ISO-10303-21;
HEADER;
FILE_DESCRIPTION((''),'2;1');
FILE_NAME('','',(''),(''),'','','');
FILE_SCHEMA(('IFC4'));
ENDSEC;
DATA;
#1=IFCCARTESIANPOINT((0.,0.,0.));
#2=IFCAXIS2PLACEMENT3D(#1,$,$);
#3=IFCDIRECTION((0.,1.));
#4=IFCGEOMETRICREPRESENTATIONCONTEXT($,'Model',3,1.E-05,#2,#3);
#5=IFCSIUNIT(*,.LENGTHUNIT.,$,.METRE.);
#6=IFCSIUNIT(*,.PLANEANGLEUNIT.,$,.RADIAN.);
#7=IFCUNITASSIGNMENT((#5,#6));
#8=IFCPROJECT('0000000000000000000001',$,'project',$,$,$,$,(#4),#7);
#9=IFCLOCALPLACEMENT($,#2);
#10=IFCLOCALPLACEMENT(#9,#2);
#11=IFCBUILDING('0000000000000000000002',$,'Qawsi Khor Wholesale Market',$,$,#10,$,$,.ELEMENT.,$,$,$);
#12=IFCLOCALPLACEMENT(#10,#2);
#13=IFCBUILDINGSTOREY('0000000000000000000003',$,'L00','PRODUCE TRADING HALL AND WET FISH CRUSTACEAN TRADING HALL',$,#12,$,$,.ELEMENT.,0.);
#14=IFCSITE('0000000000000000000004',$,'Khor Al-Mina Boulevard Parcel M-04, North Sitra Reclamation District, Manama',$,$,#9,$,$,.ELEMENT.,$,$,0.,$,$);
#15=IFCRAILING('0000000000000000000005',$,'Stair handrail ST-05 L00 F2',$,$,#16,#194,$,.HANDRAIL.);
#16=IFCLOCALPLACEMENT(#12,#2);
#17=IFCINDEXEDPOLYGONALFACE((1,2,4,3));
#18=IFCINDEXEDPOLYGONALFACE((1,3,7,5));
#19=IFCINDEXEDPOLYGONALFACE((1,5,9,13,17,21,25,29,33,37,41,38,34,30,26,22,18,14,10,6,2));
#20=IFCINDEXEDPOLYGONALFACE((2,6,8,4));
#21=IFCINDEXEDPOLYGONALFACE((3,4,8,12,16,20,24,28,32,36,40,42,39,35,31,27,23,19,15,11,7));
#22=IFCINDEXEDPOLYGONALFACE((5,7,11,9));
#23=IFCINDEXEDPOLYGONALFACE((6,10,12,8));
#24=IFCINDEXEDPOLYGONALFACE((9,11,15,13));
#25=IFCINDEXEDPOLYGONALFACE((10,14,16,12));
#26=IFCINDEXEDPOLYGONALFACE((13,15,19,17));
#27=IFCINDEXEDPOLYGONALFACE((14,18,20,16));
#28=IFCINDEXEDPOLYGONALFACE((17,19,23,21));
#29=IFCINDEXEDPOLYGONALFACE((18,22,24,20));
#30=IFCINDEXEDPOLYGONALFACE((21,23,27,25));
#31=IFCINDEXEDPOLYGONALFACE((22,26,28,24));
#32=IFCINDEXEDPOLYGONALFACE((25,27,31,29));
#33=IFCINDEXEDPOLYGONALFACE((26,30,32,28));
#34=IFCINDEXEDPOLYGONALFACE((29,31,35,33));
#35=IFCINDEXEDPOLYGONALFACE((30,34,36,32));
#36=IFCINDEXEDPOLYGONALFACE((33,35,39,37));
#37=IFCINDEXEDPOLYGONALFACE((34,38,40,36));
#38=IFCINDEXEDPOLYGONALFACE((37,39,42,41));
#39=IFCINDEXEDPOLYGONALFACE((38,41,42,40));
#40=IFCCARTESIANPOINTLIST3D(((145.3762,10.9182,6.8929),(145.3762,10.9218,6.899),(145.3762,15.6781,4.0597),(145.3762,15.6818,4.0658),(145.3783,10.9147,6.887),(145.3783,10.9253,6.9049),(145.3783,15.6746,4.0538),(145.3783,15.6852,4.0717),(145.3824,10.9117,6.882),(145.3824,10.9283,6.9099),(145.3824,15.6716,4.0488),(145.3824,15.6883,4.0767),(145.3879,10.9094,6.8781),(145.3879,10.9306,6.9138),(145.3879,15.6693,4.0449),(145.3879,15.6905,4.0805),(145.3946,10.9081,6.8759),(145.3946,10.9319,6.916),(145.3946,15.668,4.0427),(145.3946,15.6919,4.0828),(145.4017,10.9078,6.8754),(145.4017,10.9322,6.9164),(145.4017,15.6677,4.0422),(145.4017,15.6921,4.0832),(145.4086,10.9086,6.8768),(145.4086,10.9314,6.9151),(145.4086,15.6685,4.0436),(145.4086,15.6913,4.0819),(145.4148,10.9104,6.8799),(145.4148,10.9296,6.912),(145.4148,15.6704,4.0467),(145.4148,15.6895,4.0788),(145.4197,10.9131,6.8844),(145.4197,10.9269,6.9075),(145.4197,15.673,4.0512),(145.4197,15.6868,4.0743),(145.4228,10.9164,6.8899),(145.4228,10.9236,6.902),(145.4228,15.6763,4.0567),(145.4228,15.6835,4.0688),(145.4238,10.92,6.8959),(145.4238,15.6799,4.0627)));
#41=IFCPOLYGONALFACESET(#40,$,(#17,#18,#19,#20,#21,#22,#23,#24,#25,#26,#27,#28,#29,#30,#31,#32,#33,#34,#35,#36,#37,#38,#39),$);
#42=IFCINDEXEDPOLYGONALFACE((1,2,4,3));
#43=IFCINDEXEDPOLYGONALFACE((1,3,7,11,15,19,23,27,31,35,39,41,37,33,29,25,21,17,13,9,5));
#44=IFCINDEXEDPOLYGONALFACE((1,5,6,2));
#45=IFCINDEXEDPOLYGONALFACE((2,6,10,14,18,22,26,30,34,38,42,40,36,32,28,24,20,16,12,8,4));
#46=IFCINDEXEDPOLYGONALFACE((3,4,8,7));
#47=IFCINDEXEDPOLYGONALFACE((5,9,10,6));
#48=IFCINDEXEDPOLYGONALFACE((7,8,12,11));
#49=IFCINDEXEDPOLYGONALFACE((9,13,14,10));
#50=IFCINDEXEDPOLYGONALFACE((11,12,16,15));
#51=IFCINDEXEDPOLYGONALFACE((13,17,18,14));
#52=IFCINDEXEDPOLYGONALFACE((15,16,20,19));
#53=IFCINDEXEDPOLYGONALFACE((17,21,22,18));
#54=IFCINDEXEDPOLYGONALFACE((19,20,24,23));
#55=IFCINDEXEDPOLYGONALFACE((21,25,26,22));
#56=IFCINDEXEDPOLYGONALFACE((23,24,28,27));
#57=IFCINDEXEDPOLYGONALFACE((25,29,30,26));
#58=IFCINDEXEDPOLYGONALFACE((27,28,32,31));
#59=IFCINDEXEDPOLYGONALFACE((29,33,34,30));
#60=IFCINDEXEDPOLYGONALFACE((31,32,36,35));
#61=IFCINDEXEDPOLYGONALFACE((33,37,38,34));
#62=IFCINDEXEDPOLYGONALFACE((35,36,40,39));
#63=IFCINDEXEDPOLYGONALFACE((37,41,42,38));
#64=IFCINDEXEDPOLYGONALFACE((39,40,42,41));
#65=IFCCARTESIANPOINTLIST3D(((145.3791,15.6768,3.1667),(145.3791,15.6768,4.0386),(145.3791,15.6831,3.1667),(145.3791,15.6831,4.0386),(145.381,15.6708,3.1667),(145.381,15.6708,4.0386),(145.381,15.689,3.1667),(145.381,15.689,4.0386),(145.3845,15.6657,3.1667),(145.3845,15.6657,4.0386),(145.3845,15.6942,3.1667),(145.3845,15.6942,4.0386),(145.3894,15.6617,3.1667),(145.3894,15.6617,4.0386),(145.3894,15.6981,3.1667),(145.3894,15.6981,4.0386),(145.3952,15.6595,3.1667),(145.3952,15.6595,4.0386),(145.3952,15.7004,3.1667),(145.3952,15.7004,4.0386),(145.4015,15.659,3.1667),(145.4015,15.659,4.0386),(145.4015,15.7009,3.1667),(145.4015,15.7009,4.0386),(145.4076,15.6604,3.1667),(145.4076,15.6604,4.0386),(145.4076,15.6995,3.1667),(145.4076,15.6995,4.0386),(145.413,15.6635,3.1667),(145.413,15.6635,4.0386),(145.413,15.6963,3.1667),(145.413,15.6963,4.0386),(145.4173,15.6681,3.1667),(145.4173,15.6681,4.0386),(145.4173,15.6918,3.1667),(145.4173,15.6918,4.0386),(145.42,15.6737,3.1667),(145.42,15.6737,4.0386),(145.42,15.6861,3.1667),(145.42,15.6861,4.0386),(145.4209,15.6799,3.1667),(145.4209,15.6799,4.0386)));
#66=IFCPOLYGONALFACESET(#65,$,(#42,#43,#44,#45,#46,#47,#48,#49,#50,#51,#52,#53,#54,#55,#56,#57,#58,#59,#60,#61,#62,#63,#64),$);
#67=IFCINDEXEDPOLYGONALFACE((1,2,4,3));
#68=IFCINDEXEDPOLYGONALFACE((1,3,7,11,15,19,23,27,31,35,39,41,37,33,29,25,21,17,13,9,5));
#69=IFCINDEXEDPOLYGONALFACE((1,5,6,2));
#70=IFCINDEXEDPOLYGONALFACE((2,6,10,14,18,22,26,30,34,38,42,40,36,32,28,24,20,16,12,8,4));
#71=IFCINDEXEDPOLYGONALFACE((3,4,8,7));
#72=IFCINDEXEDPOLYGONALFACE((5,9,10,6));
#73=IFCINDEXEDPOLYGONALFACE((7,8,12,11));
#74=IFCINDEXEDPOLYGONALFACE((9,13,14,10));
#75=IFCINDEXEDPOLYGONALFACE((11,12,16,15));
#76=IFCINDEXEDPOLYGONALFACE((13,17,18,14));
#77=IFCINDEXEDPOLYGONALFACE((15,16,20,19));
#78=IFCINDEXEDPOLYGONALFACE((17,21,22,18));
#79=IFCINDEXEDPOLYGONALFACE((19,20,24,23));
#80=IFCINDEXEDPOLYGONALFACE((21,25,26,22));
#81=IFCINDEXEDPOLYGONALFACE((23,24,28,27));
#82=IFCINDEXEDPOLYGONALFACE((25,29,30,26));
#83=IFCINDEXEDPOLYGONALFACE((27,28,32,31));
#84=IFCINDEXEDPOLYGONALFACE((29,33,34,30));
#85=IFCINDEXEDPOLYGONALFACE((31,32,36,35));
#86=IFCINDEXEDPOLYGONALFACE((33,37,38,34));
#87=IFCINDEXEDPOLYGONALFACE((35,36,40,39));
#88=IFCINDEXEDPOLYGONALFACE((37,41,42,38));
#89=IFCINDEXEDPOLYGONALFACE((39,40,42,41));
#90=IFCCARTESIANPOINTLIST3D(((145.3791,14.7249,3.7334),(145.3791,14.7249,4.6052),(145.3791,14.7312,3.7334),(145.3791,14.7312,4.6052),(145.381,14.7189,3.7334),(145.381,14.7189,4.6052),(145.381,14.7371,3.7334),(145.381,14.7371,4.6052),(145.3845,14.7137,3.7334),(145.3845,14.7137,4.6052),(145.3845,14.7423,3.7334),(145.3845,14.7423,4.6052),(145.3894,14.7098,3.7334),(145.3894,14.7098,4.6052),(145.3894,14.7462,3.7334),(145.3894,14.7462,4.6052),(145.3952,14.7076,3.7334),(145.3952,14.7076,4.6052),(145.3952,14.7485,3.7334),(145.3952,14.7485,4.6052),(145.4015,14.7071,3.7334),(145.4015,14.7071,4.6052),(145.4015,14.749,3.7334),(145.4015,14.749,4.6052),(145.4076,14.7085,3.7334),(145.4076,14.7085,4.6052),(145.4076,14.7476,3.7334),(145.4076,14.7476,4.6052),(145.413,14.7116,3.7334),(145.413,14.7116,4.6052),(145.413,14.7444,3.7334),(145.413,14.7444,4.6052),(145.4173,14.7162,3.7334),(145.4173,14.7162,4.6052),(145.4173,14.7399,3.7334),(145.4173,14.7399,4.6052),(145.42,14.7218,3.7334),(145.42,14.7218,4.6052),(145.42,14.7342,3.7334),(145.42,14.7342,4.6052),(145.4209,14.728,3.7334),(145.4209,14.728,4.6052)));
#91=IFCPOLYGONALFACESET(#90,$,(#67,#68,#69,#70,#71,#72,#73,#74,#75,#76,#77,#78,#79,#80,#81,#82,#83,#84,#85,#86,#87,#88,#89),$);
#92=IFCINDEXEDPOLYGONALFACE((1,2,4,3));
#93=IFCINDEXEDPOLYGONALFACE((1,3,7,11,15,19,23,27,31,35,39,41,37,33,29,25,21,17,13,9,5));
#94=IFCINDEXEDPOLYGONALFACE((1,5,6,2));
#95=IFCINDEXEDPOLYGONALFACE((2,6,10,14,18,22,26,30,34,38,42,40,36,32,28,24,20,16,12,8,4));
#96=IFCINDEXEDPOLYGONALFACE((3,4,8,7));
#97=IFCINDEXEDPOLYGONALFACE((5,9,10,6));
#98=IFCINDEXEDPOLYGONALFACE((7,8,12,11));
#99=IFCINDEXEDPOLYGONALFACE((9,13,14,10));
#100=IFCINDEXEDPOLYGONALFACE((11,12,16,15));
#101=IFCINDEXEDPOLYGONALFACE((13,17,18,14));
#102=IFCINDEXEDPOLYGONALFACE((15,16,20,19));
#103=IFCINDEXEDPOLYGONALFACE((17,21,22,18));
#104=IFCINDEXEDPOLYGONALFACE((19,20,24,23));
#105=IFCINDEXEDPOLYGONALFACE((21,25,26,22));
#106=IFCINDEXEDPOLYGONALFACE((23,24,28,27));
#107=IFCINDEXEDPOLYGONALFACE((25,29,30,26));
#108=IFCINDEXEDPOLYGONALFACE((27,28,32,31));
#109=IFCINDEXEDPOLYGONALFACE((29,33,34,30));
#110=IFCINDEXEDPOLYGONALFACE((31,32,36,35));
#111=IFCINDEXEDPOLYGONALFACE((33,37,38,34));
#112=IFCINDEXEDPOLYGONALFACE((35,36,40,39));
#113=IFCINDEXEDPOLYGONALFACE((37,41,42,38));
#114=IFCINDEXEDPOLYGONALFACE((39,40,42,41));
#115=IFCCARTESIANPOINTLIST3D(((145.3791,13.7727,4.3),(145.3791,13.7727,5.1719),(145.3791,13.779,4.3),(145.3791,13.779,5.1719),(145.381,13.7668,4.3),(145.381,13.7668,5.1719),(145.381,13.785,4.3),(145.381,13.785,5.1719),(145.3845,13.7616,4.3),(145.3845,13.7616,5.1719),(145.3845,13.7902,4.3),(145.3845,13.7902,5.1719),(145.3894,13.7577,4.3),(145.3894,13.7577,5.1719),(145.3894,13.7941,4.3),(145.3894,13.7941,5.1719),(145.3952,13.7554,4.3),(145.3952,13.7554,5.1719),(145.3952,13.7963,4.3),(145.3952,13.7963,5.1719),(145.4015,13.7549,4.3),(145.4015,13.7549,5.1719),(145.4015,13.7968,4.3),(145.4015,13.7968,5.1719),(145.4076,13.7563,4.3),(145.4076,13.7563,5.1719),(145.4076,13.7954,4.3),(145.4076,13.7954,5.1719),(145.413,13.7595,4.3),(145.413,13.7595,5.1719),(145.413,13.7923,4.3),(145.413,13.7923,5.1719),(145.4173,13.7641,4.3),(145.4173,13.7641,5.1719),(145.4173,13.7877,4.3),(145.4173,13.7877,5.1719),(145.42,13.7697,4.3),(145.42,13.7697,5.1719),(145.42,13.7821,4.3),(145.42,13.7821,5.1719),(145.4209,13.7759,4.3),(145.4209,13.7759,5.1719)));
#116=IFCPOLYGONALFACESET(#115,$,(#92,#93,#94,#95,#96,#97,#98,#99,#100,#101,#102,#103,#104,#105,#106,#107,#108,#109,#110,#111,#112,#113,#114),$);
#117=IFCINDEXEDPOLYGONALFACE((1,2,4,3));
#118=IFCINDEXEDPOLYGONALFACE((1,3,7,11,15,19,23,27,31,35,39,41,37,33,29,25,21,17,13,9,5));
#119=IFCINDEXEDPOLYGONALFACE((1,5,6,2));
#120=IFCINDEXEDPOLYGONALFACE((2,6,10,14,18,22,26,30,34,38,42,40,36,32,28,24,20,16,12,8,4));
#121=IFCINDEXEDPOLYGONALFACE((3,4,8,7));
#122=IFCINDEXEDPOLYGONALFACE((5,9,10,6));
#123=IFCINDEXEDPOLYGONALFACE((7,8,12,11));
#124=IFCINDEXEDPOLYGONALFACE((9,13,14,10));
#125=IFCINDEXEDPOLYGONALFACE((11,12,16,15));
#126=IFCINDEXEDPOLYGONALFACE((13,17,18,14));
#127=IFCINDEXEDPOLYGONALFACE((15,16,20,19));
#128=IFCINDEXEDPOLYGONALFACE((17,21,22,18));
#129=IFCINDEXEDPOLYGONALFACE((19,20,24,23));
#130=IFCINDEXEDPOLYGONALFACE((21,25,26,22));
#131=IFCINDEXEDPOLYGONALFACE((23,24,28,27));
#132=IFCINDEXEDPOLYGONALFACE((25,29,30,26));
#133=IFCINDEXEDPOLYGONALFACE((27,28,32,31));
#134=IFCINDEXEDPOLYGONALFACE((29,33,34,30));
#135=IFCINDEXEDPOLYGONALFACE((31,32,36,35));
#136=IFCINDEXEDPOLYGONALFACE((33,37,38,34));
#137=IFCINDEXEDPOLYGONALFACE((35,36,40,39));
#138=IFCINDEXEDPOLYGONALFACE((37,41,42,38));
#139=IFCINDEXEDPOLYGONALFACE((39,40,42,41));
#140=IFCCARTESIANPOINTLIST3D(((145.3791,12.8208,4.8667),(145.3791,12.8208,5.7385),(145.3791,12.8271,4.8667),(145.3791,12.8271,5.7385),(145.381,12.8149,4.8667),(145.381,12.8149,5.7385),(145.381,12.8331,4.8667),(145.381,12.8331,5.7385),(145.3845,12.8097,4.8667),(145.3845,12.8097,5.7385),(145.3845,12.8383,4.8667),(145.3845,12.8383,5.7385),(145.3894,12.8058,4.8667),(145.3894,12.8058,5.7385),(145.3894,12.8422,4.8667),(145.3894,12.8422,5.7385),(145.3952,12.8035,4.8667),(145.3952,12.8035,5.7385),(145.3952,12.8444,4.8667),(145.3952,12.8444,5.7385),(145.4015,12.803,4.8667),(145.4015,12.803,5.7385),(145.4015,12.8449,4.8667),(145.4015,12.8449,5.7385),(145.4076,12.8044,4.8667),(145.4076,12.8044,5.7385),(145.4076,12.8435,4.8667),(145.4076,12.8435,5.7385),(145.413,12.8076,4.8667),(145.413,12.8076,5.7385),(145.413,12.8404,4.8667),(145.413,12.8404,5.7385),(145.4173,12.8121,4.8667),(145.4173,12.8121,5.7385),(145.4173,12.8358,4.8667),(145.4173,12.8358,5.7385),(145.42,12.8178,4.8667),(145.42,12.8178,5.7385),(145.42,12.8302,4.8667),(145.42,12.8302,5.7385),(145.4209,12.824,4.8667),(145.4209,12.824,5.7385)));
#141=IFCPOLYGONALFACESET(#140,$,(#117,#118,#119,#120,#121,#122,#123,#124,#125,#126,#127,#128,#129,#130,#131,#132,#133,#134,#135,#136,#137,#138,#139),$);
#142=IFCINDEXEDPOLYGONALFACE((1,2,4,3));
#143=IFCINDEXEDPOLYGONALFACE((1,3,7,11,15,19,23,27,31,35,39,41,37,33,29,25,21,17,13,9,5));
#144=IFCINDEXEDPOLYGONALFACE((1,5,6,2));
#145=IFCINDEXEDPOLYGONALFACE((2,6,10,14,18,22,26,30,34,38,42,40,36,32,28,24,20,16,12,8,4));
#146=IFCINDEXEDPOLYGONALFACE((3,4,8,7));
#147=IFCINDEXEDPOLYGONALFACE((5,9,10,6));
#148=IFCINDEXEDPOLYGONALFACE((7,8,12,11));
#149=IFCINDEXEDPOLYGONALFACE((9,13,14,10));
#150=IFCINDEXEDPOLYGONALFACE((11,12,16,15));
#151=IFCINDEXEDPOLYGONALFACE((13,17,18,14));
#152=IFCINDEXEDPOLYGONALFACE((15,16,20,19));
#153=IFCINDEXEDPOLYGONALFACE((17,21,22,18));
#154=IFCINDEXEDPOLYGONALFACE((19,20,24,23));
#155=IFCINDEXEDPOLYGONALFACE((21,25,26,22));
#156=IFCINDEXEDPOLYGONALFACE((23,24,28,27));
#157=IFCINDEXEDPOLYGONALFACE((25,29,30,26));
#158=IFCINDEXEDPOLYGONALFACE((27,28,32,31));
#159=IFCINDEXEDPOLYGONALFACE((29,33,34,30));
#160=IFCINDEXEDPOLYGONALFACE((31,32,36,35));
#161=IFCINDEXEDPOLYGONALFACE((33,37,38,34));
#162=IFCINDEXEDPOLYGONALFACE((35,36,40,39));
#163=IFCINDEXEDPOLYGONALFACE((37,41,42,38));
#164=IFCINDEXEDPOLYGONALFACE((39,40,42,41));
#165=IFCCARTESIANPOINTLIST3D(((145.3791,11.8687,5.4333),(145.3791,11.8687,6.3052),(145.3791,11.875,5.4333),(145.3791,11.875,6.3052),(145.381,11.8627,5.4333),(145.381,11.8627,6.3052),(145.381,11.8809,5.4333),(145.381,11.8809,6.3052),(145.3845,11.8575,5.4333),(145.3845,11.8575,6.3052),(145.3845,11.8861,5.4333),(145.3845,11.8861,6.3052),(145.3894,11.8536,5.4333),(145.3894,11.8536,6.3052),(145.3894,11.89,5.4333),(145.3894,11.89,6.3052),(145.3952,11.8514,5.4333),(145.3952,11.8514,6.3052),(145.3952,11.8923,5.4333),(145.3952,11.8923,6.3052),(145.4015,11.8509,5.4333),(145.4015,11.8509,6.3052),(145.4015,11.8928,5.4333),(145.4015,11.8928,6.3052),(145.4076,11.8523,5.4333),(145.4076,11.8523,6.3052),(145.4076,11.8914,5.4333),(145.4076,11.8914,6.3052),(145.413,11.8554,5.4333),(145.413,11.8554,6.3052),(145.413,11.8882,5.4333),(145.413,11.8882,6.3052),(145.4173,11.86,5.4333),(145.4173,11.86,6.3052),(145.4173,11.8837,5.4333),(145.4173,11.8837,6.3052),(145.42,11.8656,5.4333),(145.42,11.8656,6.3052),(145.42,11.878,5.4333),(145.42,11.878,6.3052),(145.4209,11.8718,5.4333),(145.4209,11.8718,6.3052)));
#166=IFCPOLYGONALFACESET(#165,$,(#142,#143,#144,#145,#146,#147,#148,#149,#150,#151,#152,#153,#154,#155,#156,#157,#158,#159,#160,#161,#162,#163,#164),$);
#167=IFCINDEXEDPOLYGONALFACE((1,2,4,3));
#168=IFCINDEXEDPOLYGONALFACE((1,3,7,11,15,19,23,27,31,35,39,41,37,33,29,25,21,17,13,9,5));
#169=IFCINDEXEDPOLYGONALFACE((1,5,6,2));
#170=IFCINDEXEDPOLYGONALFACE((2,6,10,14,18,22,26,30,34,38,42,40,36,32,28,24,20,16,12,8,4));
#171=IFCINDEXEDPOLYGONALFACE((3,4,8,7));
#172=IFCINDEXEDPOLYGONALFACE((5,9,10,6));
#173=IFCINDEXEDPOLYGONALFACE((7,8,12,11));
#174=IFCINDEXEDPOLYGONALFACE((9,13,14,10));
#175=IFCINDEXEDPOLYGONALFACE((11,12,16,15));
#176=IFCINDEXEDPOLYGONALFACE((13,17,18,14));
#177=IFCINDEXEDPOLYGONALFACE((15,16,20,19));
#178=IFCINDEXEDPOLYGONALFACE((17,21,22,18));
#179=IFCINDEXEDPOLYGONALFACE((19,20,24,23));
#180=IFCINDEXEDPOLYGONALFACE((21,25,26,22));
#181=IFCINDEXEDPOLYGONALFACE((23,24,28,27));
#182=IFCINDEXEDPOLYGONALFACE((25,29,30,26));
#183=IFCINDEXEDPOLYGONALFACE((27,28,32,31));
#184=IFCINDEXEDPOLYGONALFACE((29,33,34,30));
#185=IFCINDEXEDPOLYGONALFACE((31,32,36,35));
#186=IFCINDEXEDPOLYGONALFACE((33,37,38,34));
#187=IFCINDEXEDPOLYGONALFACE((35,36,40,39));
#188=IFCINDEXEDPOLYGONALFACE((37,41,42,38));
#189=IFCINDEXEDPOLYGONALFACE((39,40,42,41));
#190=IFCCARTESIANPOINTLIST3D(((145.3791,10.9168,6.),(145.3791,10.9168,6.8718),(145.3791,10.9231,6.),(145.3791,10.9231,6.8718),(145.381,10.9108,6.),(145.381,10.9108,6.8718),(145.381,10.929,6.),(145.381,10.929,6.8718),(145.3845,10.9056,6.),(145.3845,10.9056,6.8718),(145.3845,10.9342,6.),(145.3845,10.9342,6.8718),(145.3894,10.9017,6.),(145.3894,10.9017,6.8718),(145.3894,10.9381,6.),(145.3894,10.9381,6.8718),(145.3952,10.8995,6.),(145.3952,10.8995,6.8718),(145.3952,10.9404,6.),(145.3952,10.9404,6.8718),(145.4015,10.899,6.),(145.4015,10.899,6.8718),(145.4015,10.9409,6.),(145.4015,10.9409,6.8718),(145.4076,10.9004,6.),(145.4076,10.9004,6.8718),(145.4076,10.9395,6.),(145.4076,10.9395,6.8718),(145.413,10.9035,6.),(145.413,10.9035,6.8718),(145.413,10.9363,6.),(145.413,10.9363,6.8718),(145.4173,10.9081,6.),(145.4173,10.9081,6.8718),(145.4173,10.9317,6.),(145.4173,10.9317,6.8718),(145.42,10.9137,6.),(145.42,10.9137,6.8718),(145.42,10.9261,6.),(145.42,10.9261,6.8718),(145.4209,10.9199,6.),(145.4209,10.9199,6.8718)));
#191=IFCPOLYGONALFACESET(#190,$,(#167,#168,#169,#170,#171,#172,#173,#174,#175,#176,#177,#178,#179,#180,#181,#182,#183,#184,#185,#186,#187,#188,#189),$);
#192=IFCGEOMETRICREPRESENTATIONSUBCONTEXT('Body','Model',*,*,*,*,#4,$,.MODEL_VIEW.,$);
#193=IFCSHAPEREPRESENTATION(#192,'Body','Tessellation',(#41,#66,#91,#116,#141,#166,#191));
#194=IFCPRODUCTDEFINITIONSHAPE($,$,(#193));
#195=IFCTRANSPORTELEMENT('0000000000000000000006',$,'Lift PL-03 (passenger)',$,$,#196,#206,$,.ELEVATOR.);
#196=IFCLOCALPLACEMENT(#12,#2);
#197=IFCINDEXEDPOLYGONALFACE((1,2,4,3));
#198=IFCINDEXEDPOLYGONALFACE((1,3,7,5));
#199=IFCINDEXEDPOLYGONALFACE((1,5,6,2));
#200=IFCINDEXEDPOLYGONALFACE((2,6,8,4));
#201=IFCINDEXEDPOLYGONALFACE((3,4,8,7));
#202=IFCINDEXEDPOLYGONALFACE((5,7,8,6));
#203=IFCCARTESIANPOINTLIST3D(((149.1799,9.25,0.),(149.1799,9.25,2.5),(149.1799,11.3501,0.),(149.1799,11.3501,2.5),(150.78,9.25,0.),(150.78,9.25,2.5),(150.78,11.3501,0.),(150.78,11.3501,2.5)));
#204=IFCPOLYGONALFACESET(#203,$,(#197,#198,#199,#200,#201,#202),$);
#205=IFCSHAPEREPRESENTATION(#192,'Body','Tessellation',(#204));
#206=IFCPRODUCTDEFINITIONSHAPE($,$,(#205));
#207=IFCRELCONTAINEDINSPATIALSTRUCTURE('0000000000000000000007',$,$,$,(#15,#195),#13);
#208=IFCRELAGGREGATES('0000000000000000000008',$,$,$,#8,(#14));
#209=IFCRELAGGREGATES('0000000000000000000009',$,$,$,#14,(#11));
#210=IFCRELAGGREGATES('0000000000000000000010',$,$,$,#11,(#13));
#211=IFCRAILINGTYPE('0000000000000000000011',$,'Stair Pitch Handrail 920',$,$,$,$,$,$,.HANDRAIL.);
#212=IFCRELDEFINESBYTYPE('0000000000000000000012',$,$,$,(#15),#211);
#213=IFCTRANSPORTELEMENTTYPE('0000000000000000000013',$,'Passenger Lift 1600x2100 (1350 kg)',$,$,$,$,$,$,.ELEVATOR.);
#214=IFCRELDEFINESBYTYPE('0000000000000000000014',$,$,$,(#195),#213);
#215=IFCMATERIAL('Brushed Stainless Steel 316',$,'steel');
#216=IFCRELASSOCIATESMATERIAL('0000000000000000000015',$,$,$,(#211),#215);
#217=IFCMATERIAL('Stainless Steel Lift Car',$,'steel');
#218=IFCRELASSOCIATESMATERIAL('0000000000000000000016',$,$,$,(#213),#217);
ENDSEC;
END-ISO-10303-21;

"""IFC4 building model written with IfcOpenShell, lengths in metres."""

from ifc_helpers import new_model, si_unit, direction, frame, origin, origin_2d, place, context, subcontext, project, spatial, rectangle, circle, extrude, material, type_object, element, save


model = new_model("IFC4")

# Units and contexts
model_context = context("Model", 3, precision=1e-05, world=origin(), true_north=direction((0.0, 1.0)))
body_context = subcontext(model_context, "Body", "Model", "MODEL_VIEW")
ifc_project = project(units=[si_unit("LENGTHUNIT", "METRE"), si_unit("PLANEANGLEUNIT", "RADIAN")], contexts=[model_context])

# Site, building, storey
site_placement = place(None, origin())
site = spatial("IfcSite", under=ifc_project, at=site_placement, Name="Khor Al-Mina Boulevard Parcel M-04, North Sitra Reclamation District, Manama", CompositionType="ELEMENT", RefElevation=0.0)
building_placement = place(site_placement, origin())
building = spatial("IfcBuilding", under=site, at=building_placement, Name="Qawsi Khor Wholesale Market", CompositionType="ELEMENT")
storey_placement = place(building_placement, origin())
storey = spatial("IfcBuildingStorey", under=building, at=storey_placement, Name="L00", Description="PRODUCE TRADING HALL AND WET FISH CRUSTACEAN TRADING HALL", CompositionType="ELEMENT", Elevation=0.0)

# Railing
ifc_material_1 = material(Name="Brushed Stainless Steel 316", Category="steel")
railing_type = type_object("IfcRailingType", Name="Stair Pitch Handrail 920", PredefinedType="HANDRAIL", material=ifc_material_1)
railing_1_placement = place(storey_placement, frame((145.3999, 15.6799, 3.1667)))
element("IfcRailing", 1, at=railing_1_placement, inside=storey, type_object=railing_type, Name="Stair handrail ST-05 L00 F2", PredefinedType="HANDRAIL", context=body_context, shape_type="SweptSolid", body=[
    extrude(circle(Radius=0.0239, at=origin_2d()), frame((0.0, 0.0, 0.896), z_axis=(0.0, -0.8593, 0.511472), x_axis=(1.0, 0.0, 0.0)), (0.0, 0.0, 1.0), 5.5393),
    extrude(circle(Radius=0.021, at=origin_2d()), origin(), (0.0, 0.0, 1.0), 0.8718),
    extrude(circle(Radius=0.021, at=origin_2d()), frame((0.0, -0.9519, 0.5667)), (0.0, 0.0, 1.0), 0.8718),
    extrude(circle(Radius=0.021, at=origin_2d()), frame((0.0, -1.9041, 1.1333)), (0.0, 0.0, 1.0), 0.8718),
    extrude(circle(Radius=0.021, at=origin_2d()), frame((0.0, -2.856, 1.7)), (0.0, 0.0, 1.0), 0.8718),
    extrude(circle(Radius=0.021, at=origin_2d()), frame((0.0, -3.8081, 2.2666)), (0.0, 0.0, 1.0), 0.8718),
    extrude(circle(Radius=0.021, at=origin_2d()), frame((0.0, -4.76, 2.8333)), (0.0, 0.0, 1.0), 0.8718),
])

# Transport element
ifc_material_2 = material(Name="Stainless Steel Lift Car", Category="steel")
transport_element_type = type_object("IfcTransportElementType", Name="Passenger Lift 1600x2100 (1350 kg)", PredefinedType="ELEVATOR", material=ifc_material_2)
transport_element_placement = place(storey_placement, frame((149.98, 10.3, 0.0), z_axis=(0.0, 0.0, 1.0), x_axis=(1.0, 0.0, 0.0)))
element("IfcTransportElement", 2, at=transport_element_placement, inside=storey, type_object=transport_element_type, Name="Lift PL-03 (passenger)", PredefinedType="ELEVATOR", context=body_context, shape_type="SweptSolid", body=[
    extrude(rectangle(XDim=1.6001, YDim=2.1001, at=origin_2d()), origin(), (0.0, 0.0, 1.0), 2.5),
])

save(model, "model.ifc")
